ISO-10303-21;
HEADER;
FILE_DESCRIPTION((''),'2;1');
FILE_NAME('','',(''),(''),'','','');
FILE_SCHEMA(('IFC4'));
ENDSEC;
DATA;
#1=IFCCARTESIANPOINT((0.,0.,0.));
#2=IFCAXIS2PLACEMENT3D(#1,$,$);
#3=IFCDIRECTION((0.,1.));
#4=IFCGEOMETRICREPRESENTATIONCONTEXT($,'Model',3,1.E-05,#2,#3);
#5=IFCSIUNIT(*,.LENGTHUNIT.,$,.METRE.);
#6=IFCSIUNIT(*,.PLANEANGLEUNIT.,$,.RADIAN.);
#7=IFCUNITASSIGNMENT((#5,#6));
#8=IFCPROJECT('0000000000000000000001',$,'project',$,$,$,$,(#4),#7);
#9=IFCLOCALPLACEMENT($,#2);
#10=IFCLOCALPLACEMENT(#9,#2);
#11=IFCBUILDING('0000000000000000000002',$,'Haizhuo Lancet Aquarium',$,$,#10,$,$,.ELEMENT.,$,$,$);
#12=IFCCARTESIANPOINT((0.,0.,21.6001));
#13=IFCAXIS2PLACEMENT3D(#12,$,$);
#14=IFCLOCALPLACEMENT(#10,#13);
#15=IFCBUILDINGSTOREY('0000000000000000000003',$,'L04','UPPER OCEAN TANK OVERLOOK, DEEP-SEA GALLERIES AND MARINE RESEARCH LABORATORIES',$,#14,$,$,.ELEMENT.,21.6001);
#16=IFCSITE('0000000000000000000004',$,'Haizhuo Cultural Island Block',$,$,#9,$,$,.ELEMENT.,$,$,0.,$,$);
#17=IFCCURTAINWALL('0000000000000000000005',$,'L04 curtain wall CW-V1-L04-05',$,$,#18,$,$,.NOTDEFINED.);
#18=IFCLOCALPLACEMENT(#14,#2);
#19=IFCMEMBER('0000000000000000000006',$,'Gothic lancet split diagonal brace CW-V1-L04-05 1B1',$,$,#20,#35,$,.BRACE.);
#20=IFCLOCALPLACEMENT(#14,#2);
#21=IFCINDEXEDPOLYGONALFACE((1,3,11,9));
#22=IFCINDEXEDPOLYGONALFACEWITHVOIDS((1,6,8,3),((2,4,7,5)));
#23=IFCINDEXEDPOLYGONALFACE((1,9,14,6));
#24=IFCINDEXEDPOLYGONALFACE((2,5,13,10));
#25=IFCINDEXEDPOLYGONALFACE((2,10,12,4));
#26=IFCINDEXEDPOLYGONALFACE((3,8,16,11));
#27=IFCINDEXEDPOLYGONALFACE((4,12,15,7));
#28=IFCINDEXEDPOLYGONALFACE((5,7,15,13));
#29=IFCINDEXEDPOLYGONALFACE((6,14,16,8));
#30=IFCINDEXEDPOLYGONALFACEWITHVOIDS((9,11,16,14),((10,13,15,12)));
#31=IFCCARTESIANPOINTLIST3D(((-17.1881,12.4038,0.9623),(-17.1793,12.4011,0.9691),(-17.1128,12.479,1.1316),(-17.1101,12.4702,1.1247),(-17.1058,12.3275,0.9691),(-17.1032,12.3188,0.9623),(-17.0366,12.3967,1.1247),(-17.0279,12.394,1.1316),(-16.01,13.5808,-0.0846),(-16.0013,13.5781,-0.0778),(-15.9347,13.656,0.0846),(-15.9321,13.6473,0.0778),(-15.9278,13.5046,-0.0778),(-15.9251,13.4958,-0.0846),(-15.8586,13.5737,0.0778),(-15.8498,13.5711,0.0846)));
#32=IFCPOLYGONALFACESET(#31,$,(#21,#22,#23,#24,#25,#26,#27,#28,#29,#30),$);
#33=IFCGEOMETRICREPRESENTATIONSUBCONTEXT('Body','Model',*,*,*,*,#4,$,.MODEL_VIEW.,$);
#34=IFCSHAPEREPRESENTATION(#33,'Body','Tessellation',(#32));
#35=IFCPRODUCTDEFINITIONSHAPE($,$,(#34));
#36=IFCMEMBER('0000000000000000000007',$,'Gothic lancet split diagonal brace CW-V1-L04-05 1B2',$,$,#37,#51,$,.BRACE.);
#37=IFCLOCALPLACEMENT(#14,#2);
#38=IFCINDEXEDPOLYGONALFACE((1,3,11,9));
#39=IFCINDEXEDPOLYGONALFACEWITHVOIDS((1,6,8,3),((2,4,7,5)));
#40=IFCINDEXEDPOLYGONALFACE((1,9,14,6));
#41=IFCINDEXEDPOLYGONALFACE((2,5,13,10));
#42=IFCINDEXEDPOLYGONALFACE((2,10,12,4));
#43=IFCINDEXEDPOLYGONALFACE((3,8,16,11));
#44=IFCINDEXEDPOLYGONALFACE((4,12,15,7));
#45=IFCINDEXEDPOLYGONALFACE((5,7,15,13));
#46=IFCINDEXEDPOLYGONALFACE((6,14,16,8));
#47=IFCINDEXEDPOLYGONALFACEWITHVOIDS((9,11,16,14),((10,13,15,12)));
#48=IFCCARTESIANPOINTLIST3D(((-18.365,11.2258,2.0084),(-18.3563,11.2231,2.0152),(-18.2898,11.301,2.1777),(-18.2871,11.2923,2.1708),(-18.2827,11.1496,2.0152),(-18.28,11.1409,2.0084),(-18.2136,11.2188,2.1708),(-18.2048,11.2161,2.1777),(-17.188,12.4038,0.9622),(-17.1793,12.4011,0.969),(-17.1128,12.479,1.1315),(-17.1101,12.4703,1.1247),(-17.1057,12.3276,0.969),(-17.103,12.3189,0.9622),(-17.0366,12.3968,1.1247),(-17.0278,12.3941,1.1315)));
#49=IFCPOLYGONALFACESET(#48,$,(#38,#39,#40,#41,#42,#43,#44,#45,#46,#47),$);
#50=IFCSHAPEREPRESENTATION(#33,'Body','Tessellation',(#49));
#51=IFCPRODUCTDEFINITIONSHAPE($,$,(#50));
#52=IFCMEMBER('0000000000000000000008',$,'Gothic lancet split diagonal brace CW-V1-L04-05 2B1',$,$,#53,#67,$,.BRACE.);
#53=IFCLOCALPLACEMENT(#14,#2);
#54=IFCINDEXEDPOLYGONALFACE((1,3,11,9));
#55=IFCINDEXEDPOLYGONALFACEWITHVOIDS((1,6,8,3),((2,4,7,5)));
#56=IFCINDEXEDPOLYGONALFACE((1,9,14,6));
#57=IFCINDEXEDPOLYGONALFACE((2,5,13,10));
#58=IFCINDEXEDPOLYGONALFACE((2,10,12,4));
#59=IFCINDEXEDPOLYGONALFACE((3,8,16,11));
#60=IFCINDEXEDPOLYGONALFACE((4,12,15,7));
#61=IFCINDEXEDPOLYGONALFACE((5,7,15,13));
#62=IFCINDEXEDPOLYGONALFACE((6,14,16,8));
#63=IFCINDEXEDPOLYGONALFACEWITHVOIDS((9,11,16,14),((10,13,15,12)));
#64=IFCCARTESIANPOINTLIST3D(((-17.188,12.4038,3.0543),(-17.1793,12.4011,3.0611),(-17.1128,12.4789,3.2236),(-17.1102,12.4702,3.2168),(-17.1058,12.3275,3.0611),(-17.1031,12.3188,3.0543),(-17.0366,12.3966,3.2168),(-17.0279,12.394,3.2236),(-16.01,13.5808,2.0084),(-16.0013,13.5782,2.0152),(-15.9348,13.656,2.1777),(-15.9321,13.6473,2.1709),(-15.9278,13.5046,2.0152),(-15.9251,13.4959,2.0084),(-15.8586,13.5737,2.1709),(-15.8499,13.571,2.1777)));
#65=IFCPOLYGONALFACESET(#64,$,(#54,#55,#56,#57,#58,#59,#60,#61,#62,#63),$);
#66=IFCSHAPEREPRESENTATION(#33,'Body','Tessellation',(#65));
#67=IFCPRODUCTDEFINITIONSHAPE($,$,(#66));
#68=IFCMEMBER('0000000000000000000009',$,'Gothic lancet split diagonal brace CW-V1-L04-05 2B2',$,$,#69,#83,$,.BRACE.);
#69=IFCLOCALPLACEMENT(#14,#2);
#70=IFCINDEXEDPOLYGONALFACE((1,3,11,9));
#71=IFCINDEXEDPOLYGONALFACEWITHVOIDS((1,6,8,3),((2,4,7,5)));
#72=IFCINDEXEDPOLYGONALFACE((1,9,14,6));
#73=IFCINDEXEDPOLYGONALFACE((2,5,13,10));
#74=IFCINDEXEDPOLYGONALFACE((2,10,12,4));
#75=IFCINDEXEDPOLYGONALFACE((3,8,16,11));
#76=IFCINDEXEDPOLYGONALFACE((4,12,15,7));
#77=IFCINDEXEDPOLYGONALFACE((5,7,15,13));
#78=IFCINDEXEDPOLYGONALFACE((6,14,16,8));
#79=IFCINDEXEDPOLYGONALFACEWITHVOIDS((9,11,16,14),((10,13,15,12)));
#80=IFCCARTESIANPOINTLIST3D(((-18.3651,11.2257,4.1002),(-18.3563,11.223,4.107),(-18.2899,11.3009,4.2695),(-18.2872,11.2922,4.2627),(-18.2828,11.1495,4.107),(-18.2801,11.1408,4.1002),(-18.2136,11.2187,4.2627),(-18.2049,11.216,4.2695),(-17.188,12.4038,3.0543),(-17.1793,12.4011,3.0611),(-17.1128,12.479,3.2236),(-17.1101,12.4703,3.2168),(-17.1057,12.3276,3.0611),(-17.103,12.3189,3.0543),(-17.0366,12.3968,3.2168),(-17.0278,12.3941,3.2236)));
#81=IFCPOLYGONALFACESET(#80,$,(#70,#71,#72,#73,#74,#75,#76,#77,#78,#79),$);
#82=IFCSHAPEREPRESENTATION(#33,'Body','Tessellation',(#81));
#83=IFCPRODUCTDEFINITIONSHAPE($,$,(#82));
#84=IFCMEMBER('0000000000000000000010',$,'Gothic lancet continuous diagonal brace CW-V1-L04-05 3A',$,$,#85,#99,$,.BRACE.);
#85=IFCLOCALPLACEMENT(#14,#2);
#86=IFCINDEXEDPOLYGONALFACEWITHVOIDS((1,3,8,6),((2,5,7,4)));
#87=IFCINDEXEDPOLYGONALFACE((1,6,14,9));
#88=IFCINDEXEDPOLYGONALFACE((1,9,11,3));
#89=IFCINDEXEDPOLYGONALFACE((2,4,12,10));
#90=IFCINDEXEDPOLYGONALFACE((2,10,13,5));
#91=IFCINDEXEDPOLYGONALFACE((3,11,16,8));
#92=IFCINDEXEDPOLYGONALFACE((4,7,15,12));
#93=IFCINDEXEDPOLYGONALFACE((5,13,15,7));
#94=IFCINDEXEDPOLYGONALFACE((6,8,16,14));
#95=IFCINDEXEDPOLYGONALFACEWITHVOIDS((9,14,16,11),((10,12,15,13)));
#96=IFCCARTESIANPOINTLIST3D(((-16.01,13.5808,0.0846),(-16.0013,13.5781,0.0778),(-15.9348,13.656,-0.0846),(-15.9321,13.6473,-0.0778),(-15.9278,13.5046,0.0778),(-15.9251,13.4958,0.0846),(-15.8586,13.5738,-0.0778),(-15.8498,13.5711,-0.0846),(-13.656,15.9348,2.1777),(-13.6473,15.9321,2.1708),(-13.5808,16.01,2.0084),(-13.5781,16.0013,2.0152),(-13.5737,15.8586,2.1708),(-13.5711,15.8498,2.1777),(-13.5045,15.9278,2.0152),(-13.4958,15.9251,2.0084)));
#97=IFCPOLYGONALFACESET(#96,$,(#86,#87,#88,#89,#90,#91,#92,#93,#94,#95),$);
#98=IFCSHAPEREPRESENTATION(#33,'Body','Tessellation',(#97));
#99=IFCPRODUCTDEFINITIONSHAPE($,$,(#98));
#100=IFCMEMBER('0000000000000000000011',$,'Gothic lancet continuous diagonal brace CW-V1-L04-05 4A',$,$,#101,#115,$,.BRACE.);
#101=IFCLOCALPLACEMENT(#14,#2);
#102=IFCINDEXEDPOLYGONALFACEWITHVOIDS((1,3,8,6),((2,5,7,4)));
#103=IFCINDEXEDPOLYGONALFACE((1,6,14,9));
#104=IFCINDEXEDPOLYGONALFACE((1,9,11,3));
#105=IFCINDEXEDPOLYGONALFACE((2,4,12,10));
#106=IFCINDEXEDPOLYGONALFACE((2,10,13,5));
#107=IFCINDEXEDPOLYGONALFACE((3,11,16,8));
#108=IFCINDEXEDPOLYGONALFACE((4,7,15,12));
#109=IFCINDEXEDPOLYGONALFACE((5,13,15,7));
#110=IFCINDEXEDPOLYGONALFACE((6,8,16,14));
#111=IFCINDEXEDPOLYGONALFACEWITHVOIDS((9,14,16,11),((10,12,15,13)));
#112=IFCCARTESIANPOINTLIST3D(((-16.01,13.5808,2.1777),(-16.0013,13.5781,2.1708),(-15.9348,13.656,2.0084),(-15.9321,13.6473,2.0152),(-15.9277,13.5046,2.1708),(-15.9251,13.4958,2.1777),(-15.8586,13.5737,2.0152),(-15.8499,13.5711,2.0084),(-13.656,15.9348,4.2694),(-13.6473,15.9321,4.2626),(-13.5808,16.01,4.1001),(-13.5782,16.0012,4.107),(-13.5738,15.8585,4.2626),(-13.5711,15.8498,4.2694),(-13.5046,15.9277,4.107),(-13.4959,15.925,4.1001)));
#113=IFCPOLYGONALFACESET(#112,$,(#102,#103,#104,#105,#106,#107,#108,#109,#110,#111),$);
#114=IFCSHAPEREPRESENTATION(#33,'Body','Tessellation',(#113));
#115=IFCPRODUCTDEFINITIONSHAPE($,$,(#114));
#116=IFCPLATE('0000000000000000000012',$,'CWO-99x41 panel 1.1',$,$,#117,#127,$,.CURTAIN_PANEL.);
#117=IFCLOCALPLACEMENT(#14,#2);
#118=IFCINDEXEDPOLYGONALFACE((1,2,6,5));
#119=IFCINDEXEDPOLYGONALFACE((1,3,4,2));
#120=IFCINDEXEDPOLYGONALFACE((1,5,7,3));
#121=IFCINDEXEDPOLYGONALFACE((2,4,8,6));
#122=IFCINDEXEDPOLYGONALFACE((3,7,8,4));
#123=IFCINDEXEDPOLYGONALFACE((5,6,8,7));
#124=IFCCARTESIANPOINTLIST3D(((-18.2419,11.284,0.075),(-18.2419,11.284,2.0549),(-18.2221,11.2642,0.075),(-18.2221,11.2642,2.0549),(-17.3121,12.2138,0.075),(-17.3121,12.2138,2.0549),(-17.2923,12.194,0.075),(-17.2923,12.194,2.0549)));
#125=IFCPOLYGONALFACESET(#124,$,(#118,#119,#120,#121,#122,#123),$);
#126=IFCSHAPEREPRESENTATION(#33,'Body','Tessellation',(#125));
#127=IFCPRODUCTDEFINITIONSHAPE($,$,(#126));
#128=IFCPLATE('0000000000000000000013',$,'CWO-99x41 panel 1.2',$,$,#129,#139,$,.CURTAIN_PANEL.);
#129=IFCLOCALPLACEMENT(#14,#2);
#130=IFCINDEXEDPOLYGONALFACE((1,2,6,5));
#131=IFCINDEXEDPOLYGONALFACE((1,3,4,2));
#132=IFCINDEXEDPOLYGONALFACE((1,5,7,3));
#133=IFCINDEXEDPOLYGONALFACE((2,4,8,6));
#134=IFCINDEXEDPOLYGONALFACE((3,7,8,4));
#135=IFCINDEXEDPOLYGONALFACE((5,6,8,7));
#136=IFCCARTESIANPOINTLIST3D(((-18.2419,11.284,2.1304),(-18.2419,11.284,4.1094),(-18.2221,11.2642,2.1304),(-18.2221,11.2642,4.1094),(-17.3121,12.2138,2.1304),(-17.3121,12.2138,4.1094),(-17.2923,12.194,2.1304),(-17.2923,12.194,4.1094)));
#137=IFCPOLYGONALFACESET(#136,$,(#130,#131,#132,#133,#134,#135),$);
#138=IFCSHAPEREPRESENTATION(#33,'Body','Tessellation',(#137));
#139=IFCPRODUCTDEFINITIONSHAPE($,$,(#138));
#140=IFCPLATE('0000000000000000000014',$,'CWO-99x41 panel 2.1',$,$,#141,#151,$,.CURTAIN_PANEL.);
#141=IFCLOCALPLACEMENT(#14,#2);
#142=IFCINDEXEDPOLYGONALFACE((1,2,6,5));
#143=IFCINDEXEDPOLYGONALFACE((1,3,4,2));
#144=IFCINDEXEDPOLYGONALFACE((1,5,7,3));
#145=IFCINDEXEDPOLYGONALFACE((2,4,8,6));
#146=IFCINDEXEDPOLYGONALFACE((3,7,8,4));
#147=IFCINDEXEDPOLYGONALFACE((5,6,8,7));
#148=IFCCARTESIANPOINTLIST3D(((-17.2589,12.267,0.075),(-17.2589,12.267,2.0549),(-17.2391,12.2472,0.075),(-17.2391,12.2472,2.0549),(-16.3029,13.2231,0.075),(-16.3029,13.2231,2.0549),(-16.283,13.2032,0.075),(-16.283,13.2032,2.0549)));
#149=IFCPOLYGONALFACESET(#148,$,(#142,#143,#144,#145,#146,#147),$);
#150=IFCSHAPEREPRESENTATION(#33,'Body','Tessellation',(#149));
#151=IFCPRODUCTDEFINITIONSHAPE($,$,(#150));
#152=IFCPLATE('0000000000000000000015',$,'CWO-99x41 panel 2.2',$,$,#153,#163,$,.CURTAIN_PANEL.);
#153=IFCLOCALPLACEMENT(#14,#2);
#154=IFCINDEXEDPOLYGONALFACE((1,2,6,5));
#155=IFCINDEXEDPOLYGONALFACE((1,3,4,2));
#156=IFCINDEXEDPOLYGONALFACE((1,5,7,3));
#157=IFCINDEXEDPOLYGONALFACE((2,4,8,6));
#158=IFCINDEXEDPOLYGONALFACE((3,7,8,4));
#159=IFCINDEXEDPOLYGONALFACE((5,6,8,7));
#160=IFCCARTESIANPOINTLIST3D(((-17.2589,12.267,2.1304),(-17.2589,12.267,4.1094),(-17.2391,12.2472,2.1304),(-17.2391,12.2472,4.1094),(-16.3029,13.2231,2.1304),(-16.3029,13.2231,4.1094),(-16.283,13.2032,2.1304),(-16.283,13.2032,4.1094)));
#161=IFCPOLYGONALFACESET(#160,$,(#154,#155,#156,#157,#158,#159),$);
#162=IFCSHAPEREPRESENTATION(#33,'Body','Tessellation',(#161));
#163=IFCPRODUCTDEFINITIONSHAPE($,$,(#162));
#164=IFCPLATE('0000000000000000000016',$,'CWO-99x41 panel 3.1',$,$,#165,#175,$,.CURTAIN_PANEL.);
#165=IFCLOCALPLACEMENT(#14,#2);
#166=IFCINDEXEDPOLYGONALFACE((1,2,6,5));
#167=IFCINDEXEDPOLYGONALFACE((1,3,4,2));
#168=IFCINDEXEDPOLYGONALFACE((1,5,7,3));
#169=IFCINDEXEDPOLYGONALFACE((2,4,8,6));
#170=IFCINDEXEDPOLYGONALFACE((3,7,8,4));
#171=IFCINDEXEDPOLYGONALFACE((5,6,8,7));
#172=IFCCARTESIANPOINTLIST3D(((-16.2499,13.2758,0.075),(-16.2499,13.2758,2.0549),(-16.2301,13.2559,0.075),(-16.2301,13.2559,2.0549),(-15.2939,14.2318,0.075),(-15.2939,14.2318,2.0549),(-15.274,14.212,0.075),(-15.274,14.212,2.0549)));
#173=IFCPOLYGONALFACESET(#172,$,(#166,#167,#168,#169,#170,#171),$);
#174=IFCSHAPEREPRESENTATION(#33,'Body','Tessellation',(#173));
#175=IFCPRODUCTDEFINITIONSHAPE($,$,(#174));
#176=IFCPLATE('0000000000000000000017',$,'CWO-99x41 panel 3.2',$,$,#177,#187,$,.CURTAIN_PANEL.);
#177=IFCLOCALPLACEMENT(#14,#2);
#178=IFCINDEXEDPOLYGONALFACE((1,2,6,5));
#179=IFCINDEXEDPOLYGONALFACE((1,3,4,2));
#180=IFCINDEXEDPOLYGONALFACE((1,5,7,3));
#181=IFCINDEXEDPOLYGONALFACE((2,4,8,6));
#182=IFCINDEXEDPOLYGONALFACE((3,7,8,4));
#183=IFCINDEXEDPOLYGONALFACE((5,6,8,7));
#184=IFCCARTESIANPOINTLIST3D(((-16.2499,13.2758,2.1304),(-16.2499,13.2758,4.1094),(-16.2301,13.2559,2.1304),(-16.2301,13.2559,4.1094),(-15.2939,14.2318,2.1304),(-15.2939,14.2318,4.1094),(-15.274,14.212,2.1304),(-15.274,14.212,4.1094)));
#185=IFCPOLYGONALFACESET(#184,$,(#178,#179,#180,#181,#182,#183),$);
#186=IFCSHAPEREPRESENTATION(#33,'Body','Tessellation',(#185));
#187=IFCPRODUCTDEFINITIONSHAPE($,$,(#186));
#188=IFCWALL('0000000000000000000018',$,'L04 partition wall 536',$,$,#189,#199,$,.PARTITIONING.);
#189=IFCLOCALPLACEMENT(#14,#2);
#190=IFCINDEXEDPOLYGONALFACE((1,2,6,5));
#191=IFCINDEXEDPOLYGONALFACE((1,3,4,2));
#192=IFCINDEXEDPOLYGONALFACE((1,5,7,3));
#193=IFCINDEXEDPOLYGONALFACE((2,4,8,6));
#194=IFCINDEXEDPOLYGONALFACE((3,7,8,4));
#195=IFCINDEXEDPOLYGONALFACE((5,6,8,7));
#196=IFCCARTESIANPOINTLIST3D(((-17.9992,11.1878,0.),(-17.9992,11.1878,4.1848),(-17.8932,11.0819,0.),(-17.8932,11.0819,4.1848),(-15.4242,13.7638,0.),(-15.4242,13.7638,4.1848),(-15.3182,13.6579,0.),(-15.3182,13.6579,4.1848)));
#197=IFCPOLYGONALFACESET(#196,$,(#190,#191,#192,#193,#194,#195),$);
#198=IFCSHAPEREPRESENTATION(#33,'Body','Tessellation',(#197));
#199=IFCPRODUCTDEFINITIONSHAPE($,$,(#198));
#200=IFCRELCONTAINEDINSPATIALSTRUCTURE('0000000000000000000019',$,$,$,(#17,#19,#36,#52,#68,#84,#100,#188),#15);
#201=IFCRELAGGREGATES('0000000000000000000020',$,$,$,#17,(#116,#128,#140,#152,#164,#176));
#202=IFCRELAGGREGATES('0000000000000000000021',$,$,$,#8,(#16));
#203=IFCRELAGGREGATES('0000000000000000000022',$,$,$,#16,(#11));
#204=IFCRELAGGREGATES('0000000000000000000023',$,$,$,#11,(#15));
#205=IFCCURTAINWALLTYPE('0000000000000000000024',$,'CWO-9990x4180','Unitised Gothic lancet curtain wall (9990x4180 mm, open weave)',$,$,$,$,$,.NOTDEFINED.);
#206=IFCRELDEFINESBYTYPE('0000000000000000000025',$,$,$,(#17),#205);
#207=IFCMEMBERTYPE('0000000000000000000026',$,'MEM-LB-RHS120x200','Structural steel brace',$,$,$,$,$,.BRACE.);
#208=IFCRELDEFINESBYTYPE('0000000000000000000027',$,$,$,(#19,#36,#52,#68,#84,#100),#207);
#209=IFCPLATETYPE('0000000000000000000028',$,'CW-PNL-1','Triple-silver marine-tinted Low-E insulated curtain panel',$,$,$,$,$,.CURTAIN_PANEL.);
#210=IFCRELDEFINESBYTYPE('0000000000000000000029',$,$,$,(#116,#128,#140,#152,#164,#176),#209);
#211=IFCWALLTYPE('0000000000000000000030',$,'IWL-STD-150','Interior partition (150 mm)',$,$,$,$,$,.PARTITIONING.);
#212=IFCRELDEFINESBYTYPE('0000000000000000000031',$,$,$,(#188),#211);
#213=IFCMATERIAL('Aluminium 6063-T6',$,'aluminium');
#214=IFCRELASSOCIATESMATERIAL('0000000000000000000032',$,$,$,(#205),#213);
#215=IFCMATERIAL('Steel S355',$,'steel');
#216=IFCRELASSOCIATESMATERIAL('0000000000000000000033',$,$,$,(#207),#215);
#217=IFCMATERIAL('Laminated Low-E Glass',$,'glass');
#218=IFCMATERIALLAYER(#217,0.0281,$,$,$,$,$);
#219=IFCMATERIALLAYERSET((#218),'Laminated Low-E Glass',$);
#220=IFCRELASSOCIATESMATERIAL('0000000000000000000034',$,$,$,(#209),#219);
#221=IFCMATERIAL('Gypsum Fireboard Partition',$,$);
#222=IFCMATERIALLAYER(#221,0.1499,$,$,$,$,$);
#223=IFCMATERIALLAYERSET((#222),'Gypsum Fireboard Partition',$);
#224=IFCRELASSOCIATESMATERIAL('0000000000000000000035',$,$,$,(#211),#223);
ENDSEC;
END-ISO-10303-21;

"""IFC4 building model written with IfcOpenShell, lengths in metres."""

from ifc_helpers import new_model, si_unit, direction, frame, frame_2d, origin, origin_2d, place, context, subcontext, project, spatial, rectangle, hollow_rectangle, extrude, material, layer, layer_set, material_profile, profile_set, type_object, element, aggregate, save


model = new_model("IFC4")

# Units and contexts
model_context = context("Model", 3, precision=1e-05, world=origin(), true_north=direction((0.0, 1.0)))
body_context = subcontext(model_context, "Body", "Model", "MODEL_VIEW")
ifc_project = project(units=[si_unit("LENGTHUNIT", "METRE"), si_unit("PLANEANGLEUNIT", "RADIAN")], contexts=[model_context])

# Site, building, storey
site_placement = place(None, origin())
site = spatial("IfcSite", under=ifc_project, at=site_placement, Name="Haizhuo Cultural Island Block", CompositionType="ELEMENT", RefElevation=0.0)
building_placement = place(site_placement, origin())
building = spatial("IfcBuilding", under=site, at=building_placement, Name="Haizhuo Lancet Aquarium", CompositionType="ELEMENT")
storey_placement = place(building_placement, frame((0.0, 0.0, 21.6001)))
storey = spatial("IfcBuildingStorey", under=building, at=storey_placement, Name="L04", Description="UPPER OCEAN TANK OVERLOOK, DEEP-SEA GALLERIES AND MARINE RESEARCH LABORATORIES", CompositionType="ELEMENT", Elevation=21.6001)

# Curtain wall
ifc_material_1 = material(Name="Aluminium 6063-T6", Category="aluminium")
curtain_wall_type = type_object("IfcCurtainWallType", Name="CWO-9990x4180", Description="Unitised Gothic lancet curtain wall (9990x4180 mm, open weave)", PredefinedType="NOTDEFINED", material=ifc_material_1)
curtain_wall_placement = place(storey_placement, origin())
curtain_wall = element("IfcCurtainWall", 1, at=curtain_wall_placement, inside=storey, type_object=curtain_wall_type, Name="L04 curtain wall CW-V1-L04-05", PredefinedType="NOTDEFINED")

# Members
ifc_material_2 = material(Name="Steel S355", Category="steel")
ifc_material_profile_1 = material_profile(ifc_material_2, hollow_rectangle(XDim=0.1201, YDim=0.2, WallThickness=0.0081, at=origin_2d()), Name="RHS 120x200x8")
ifc_profile_set_1 = profile_set([ifc_material_profile_1], Name="Steel S355")
member_type_1 = type_object("IfcMemberType", Name="MEM-LB-RHS120x200", Description="Structural steel brace", PredefinedType="BRACE", material=ifc_profile_set_1)
member_1_placement = place(storey_placement, frame((-15.9299, 13.5759, 0.0), z_axis=(-0.598884, -0.598388, 0.532231), x_axis=(0.706813, -0.7074, 0.0)))
element("IfcMember", 2, at=member_1_placement, inside=storey, type_object=member_type_1, Name="Gothic lancet split diagonal brace CW-V1-L04-05 1B1", PredefinedType="BRACE", context=body_context, shape_type="SweptSolid", body=[
    extrude(hollow_rectangle(XDim=0.1201, YDim=0.2, WallThickness=0.0081, at=origin_2d()), origin(), (0.0, 0.0, 1.0), 1.967),
])
for number, where, z_axis, x_axis, name in (
    (3, (-17.1079, 12.3989, 1.0469), (-0.598506, -0.599003, 0.531964), (0.7074, -0.706813, 0.0), "Gothic lancet split diagonal brace CW-V1-L04-05 1B2"),
    (4, (-15.9299, 13.5759, 2.093), (-0.599042, -0.598546, 0.531875), (0.706813, -0.7074, 0.0), "Gothic lancet split diagonal brace CW-V1-L04-05 2B1"),
    (5, (-17.1079, 12.3989, 3.1389), (-0.598546, -0.599042, 0.531875), (0.7074, -0.706813, 0.0), "Gothic lancet split diagonal brace CW-V1-L04-05 2B2"),
):
    element("IfcMember", number, at=place(storey_placement, frame(where, z_axis=z_axis, x_axis=x_axis)), inside=storey, type_object=member_type_1, Name=name, PredefinedType="BRACE", context=body_context, shape_type="SweptSolid", body=[
        extrude(hollow_rectangle(XDim=0.1201, YDim=0.2, WallThickness=0.0081, at=origin_2d()), origin(), (0.0, 0.0, 1.0), 1.9666),
    ])
member_2_placement = place(storey_placement, frame((-15.9299, 13.5759, 0.0), z_axis=(0.598625, 0.598625, 0.532256), x_axis=(-0.707107, 0.707107, 0.0)))
element("IfcMember", 6, at=member_2_placement, inside=storey, type_object=member_type_1, Name="Gothic lancet continuous diagonal brace CW-V1-L04-05 3A", PredefinedType="BRACE", context=body_context, shape_type="SweptSolid", body=[
    extrude(hollow_rectangle(XDim=0.1201, YDim=0.2, WallThickness=0.0081, at=origin_2d()), origin(), (0.0, 0.0, 1.0), 3.9324),
])
member_3_placement = place(storey_placement, frame((-15.9299, 13.5759, 2.093), z_axis=(0.598724, 0.598724, 0.532033), x_axis=(-0.707107, 0.707107, 0.0)))
element("IfcMember", 7, at=member_3_placement, inside=storey, type_object=member_type_1, Name="Gothic lancet continuous diagonal brace CW-V1-L04-05 4A", PredefinedType="BRACE", context=body_context, shape_type="SweptSolid", body=[
    extrude(hollow_rectangle(XDim=0.1201, YDim=0.2, WallThickness=0.0081, at=origin_2d()), origin(), (0.0, 0.0, 1.0), 3.9316),
])

# Plates
ifc_material_3 = material(Name="Laminated Low-E Glass", Category="glass")
ifc_layer_1 = layer(ifc_material_3, 0.0281)
ifc_layer_set_1 = layer_set([ifc_layer_1], Name="Laminated Low-E Glass")
plate_type = type_object("IfcPlateType", Name="CW-PNL-1", Description="Triple-silver marine-tinted Low-E insulated curtain panel", PredefinedType="CURTAIN_PANEL", material=ifc_layer_set_1)
plate_1_placement = place(storey_placement, frame((-17.7671, 11.739, 0.075), z_axis=(0.0, 0.0, 1.0), x_axis=(0.707107, 0.707107, 0.0)))
plate_1 = element("IfcPlate", 8, at=plate_1_placement, type_object=plate_type, Name="CWO-99x41 panel 1.1", PredefinedType="CURTAIN_PANEL", context=body_context, shape_type="SweptSolid", body=[
    extrude(rectangle(XDim=1.3149, YDim=0.0281, at=origin_2d()), origin(), (0.0, 0.0, 1.0), 1.98),
])
plate_2_placement = place(storey_placement, frame((-17.7671, 11.739, 2.1304), z_axis=(0.0, 0.0, 1.0), x_axis=(0.707107, 0.707107, 0.0)))
plate_2 = element("IfcPlate", 9, at=plate_2_placement, type_object=plate_type, Name="CWO-99x41 panel 1.2", PredefinedType="CURTAIN_PANEL", context=body_context, shape_type="SweptSolid", body=[
    extrude(rectangle(XDim=1.3149, YDim=0.0281, at=origin_2d()), origin(), (0.0, 0.0, 1.0), 1.979),
])
plate_3_placement = place(storey_placement, frame((-16.771, 12.7351, 0.075), z_axis=(0.0, 0.0, 1.0), x_axis=(0.707107, 0.707107, 0.0)))
plate_3 = element("IfcPlate", 10, at=plate_3_placement, type_object=plate_type, Name="CWO-99x41 panel 2.1", PredefinedType="CURTAIN_PANEL", context=body_context, shape_type="SweptSolid", body=[
    extrude(rectangle(XDim=1.3521, YDim=0.0281, at=origin_2d()), origin(), (0.0, 0.0, 1.0), 1.98),
])
plate_4_placement = place(storey_placement, frame((-16.771, 12.7351, 2.1304), z_axis=(0.0, 0.0, 1.0), x_axis=(0.707107, 0.707107, 0.0)))
plate_4 = element("IfcPlate", 11, at=plate_4_placement, type_object=plate_type, Name="CWO-99x41 panel 2.2", PredefinedType="CURTAIN_PANEL", context=body_context, shape_type="SweptSolid", body=[
    extrude(rectangle(XDim=1.3521, YDim=0.0281, at=origin_2d()), origin(), (0.0, 0.0, 1.0), 1.979),
])
plate_5_placement = place(storey_placement, frame((-15.762, 13.7439, 0.075), z_axis=(0.0, 0.0, 1.0), x_axis=(0.707107, 0.707107, 0.0)))
plate_5 = element("IfcPlate", 12, at=plate_5_placement, type_object=plate_type, Name="CWO-99x41 panel 3.1", PredefinedType="CURTAIN_PANEL", context=body_context, shape_type="SweptSolid", body=[
    extrude(rectangle(XDim=1.3521, YDim=0.0281, at=origin_2d()), origin(), (0.0, 0.0, 1.0), 1.98),
])
plate_6_placement = place(storey_placement, frame((-15.762, 13.7439, 2.1304), z_axis=(0.0, 0.0, 1.0), x_axis=(0.707107, 0.707107, 0.0)))
plate_6 = element("IfcPlate", 13, at=plate_6_placement, type_object=plate_type, Name="CWO-99x41 panel 3.2", PredefinedType="CURTAIN_PANEL", context=body_context, shape_type="SweptSolid", body=[
    extrude(rectangle(XDim=1.3521, YDim=0.0281, at=origin_2d()), origin(), (0.0, 0.0, 1.0), 1.979),
])
aggregate(curtain_wall, [plate_1, plate_2, plate_3, plate_4, plate_5, plate_6])

# Wall
ifc_material_4 = material(Name="Gypsum Fireboard Partition")
ifc_layer_2 = layer(ifc_material_4, 0.1499)
ifc_layer_set_2 = layer_set([ifc_layer_2], Name="Gypsum Fireboard Partition")
wall_type = type_object("IfcWallType", Name="IWL-STD-150", Description="Interior partition (150 mm)", PredefinedType="PARTITIONING", material=ifc_layer_set_2)
wall_1_placement = place(storey_placement, frame((-15.3711, 13.7109, 0.0), z_axis=(0.0, 0.0, 1.0), x_axis=(-0.706973, -0.707241, 0.0)))
element("IfcWall", 14, at=wall_1_placement, inside=storey, type_object=wall_type, Name="L04 partition wall 536", PredefinedType="PARTITIONING", context=body_context, shape_type="SweptSolid", body=[
    extrude(rectangle(XDim=3.6423, YDim=0.1499, at=frame_2d((1.8213, 0.0))), origin(), (0.0, 0.0, 1.0), 4.1848),
])

save(model, "model.ifc")
